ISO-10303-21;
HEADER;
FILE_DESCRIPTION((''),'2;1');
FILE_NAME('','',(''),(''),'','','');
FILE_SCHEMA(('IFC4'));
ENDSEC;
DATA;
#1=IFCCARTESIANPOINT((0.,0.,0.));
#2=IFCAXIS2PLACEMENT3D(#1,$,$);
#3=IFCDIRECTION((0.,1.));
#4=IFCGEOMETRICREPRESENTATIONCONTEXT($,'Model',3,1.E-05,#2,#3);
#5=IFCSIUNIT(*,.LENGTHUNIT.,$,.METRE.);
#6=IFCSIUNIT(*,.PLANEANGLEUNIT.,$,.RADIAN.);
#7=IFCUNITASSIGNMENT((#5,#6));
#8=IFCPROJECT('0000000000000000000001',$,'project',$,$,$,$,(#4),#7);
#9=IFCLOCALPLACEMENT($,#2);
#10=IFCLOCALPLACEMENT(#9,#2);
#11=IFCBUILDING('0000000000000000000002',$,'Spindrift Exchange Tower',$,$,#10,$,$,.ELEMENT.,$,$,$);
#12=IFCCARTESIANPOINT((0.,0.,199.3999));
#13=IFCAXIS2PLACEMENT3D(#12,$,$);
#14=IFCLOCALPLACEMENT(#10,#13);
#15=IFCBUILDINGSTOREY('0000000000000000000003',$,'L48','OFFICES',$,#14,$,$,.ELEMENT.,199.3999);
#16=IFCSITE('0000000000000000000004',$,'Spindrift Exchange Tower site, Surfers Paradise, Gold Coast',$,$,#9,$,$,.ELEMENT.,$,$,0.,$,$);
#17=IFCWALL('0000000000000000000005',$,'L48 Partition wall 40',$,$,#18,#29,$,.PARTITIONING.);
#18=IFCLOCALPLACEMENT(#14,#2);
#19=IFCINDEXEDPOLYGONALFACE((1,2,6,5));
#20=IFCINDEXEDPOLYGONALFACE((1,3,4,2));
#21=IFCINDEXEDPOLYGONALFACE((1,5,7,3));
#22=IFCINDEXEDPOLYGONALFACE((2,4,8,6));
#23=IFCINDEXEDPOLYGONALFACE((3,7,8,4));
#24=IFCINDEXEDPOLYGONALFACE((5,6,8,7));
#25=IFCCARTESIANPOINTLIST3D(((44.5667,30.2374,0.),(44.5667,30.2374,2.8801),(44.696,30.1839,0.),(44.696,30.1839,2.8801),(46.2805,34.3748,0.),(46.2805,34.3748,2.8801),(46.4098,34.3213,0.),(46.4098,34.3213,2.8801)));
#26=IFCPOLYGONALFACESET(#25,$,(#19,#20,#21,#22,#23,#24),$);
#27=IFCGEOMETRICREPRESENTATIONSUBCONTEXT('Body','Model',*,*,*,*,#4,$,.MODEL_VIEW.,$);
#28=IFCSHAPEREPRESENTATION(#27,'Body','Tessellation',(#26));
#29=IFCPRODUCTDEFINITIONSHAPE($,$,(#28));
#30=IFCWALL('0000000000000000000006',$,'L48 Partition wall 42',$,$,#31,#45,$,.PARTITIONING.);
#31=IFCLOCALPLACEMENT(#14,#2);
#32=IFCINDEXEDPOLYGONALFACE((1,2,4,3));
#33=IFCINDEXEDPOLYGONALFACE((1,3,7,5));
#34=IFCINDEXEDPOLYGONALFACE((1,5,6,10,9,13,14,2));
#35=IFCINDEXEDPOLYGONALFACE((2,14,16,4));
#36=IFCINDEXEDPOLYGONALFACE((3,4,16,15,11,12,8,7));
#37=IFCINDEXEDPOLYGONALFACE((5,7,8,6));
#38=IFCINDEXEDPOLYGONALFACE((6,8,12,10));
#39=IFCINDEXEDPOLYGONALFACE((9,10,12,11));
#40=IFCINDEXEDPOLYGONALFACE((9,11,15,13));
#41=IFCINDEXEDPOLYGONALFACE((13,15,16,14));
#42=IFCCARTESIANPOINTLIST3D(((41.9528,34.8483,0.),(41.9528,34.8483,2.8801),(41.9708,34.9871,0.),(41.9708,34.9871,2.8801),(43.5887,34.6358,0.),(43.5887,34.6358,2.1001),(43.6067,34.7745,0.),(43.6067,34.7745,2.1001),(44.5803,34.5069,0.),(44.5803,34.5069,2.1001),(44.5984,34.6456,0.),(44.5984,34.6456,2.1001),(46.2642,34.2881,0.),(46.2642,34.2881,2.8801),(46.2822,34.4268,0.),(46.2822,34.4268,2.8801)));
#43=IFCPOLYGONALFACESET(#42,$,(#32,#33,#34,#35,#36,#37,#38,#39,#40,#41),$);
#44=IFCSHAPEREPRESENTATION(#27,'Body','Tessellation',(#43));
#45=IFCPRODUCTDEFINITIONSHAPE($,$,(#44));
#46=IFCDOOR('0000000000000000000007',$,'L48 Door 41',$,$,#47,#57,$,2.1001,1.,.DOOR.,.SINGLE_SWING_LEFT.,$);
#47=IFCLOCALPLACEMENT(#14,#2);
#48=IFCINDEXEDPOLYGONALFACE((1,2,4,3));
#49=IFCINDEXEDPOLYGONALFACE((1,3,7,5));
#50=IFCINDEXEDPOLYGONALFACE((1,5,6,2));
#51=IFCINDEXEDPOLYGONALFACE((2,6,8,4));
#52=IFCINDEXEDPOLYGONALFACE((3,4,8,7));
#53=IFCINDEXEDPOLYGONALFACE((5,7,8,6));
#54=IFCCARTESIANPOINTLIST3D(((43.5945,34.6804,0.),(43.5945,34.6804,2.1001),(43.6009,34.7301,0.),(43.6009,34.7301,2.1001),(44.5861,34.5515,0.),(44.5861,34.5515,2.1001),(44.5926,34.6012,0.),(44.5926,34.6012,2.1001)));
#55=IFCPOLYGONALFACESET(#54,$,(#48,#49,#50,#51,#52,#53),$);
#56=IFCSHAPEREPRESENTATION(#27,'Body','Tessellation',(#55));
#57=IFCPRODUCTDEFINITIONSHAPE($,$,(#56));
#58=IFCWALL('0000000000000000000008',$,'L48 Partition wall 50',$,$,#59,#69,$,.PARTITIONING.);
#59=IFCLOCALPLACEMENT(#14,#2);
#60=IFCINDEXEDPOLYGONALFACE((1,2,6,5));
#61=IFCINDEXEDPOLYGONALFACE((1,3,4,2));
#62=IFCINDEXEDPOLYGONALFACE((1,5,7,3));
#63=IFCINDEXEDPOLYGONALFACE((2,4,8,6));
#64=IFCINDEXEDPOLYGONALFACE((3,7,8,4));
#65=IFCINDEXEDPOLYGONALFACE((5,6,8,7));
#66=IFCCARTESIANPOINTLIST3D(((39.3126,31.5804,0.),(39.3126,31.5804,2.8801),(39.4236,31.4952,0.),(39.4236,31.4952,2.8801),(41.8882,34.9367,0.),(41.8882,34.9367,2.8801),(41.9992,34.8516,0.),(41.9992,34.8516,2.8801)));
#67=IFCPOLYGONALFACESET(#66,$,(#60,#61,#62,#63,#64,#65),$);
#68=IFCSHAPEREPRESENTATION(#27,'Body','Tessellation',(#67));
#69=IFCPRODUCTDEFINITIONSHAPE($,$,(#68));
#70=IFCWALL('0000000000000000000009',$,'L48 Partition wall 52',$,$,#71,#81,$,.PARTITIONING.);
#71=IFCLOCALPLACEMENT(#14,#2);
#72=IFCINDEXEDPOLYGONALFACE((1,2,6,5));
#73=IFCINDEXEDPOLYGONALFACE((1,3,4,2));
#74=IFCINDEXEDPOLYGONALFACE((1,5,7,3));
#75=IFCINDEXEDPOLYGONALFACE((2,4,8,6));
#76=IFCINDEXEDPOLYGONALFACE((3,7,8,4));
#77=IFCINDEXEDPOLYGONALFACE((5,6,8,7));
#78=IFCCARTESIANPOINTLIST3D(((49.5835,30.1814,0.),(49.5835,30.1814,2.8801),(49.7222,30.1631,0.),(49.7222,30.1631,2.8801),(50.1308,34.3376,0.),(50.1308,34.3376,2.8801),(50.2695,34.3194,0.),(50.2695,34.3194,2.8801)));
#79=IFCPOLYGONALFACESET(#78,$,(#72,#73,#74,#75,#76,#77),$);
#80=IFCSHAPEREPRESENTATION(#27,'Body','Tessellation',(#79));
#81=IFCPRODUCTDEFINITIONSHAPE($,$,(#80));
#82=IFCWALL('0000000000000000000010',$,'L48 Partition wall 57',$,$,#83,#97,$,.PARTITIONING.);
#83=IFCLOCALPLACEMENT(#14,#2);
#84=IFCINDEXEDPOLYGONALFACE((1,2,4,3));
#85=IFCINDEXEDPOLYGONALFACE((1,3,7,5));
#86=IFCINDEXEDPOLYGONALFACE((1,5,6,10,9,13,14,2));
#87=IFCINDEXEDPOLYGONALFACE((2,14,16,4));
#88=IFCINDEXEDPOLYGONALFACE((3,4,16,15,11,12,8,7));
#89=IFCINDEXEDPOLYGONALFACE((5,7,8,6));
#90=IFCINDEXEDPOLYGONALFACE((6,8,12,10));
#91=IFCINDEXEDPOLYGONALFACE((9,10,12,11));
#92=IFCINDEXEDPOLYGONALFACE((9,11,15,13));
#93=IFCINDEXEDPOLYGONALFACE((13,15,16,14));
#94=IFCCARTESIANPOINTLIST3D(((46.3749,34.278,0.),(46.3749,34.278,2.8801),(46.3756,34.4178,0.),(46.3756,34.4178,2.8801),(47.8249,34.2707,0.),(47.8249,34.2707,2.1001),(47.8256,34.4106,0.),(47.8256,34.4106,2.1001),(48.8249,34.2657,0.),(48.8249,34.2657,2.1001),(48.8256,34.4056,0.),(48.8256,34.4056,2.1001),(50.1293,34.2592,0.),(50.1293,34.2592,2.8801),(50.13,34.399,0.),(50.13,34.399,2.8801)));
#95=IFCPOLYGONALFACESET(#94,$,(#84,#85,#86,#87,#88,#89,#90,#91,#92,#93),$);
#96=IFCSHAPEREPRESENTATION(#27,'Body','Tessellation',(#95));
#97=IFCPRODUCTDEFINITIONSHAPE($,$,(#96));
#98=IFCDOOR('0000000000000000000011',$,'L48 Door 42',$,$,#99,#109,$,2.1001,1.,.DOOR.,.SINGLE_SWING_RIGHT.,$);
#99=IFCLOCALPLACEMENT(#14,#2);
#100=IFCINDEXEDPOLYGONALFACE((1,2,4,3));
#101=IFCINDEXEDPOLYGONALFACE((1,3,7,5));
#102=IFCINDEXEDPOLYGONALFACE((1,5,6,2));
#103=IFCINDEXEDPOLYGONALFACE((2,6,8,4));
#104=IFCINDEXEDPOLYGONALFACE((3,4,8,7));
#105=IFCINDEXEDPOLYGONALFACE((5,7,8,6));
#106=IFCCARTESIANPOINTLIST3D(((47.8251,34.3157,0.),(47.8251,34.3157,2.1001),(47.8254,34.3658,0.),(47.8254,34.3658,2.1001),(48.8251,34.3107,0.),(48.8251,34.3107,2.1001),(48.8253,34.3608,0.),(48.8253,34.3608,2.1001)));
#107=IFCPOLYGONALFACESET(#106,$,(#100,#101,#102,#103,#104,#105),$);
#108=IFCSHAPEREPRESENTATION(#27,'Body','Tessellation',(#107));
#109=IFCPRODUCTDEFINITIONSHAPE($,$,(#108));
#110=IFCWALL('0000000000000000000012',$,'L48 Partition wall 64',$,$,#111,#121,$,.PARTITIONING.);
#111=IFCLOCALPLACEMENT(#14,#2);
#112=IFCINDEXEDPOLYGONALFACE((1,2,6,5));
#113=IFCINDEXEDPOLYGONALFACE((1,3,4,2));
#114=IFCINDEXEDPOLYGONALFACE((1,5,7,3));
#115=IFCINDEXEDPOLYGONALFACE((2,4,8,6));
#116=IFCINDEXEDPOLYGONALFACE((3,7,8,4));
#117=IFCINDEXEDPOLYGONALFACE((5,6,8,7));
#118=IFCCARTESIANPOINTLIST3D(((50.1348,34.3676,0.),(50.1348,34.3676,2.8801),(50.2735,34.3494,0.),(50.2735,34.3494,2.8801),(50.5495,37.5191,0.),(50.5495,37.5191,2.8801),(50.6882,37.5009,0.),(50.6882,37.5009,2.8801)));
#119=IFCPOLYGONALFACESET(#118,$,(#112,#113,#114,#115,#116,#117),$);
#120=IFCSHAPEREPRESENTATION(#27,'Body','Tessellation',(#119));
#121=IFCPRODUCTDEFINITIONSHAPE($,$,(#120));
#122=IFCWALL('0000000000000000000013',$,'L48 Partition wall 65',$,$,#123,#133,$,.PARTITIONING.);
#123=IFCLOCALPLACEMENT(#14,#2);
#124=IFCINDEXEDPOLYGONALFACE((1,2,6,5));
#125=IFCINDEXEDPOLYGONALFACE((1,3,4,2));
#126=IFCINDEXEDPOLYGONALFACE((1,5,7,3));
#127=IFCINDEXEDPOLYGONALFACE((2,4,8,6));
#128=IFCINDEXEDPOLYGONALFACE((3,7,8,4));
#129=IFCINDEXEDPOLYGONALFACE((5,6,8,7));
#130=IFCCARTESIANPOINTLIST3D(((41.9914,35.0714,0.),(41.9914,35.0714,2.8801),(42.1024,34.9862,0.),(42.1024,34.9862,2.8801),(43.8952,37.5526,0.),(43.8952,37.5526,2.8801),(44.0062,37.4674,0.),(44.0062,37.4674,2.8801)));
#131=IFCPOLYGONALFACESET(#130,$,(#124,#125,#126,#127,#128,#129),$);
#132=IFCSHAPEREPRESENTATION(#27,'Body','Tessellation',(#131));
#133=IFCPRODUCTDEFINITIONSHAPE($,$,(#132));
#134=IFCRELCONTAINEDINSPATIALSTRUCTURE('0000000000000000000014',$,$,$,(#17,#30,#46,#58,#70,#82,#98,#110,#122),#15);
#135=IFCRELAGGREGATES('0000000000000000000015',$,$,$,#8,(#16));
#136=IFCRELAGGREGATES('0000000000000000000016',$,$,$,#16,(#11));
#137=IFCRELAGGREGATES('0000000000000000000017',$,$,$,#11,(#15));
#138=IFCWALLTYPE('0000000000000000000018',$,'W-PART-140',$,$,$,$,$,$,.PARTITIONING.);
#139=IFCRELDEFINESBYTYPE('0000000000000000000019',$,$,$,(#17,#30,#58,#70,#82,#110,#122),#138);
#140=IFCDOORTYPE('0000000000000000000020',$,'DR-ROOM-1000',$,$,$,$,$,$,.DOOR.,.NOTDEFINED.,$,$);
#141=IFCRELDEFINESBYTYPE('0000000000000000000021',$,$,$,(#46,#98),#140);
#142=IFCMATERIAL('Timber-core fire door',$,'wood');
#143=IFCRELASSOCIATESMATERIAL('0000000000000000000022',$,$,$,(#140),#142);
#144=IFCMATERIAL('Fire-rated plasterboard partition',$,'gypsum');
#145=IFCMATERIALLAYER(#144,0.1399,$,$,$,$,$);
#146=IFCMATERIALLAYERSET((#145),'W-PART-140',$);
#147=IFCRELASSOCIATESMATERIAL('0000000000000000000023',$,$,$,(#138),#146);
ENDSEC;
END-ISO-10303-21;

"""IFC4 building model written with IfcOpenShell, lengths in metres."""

from ifc_helpers import new_model, si_unit, direction, frame, frame_2d, origin, place, context, subcontext, project, spatial, rectangle, extrude, source, transform, mapped, material, layer, layer_set, type_object, element, fill, save


model = new_model("IFC4")

# Units and contexts
model_context = context("Model", 3, precision=1e-05, world=origin(), true_north=direction((0.0, 1.0)))
body_context = subcontext(model_context, "Body", "Model", "MODEL_VIEW")
ifc_project = project(units=[si_unit("LENGTHUNIT", "METRE"), si_unit("PLANEANGLEUNIT", "RADIAN")], contexts=[model_context])

# Site, building, storey
site_placement = place(None, origin())
site = spatial("IfcSite", under=ifc_project, at=site_placement, Name="Spindrift Exchange Tower site, Surfers Paradise, Gold Coast", CompositionType="ELEMENT", RefElevation=0.0)
building_placement = place(site_placement, origin())
building = spatial("IfcBuilding", under=site, at=building_placement, Name="Spindrift Exchange Tower", CompositionType="ELEMENT")
storey_placement = place(building_placement, frame((0.0, 0.0, 199.3999)))
storey = spatial("IfcBuildingStorey", under=building, at=storey_placement, Name="L48", Description="OFFICES", CompositionType="ELEMENT", Elevation=199.3999)

# Shared definitions
ifc_material_1 = material(Name="Fire-rated plasterboard partition", Category="gypsum")
ifc_material_2 = material(Name="Timber-core fire door", Category="wood")
door_type = type_object("IfcDoorType", Name="DR-ROOM-1000", OperationType="NOTDEFINED", PredefinedType="DOOR", material=ifc_material_2)
shared_shape_1 = source(origin(), body_context, "Body", "SweptSolid", [
    extrude(rectangle(XDim=1.0, YDim=2.1001, at=frame_2d((0.5, 1.05))), frame((0.0, 0.0249, 0.0), z_axis=(0.0, -1.0, 0.0), x_axis=(1.0, 0.0, 0.0)), (0.0, 0.0, 1.0), 0.05),
])

# Shared definitions
ifc_layer_1 = layer(ifc_material_1, 0.1399)
ifc_layer_set_1 = layer_set([ifc_layer_1], Name="W-PART-140")
wall_type_1 = type_object("IfcWallType", Name="W-PART-140", PredefinedType="PARTITIONING", material=ifc_layer_set_1)

# Wall
wall_1_placement = place(storey_placement, frame((46.3452, 34.3481, 0.0), z_axis=(0.0, 0.0, 1.0), x_axis=(-0.382698, -0.923873, 0.0)))
element("IfcWall", 1, at=wall_1_placement, inside=storey, type_object=wall_type_1, Name="L48 Partition wall 40", PredefinedType="PARTITIONING", context=body_context, shape_type="SweptSolid", body=[
    extrude(rectangle(XDim=4.4783, YDim=0.1399, at=frame_2d((2.2393, 0.0))), origin(), (0.0, 0.0, 1.0), 2.8801),
])

# Wall, opening, door
wall_2_placement = place(storey_placement, frame((46.2732, 34.3574, 0.0), z_axis=(0.0, 0.0, 1.0), x_axis=(-0.991661, 0.128871, 0.0)))
wall_2 = element("IfcWall", 2, at=wall_2_placement, inside=storey, type_object=wall_type_1, Name="L48 Partition wall 42", PredefinedType="PARTITIONING", context=body_context, shape_type="SweptSolid", body=[
    extrude(rectangle(XDim=4.3477, YDim=0.1399, at=frame_2d((2.1738, 0.0))), origin(), (0.0, 0.0, 1.0), 2.8801),
])
opening_1_placement = place(wall_2_placement, frame((1.698, 0.0, 0.0)))
opening_1 = element("IfcOpeningElement", 3, at=opening_1_placement, cuts=wall_2, PredefinedType="OPENING", context=body_context, shape_type="SweptSolid", body=[
    extrude(rectangle(XDim=1.0, YDim=2.1001, at=frame_2d((0.5, 1.05))), frame((0.0, 0.0798, 0.0), z_axis=(0.0, -1.0, 0.0), x_axis=(1.0, 0.0, 0.0)), (0.0, 0.0, 1.0), 0.1599),
])
door_1_placement = place(opening_1_placement, origin())
door_1 = element("IfcDoor", 4, at=door_1_placement, inside=storey, type_object=door_type, Name="L48 Door 41", OperationType="SINGLE_SWING_LEFT", OverallHeight=2.1001, OverallWidth=1.0, PredefinedType="DOOR", context=body_context, shape_type="MappedRepresentation", body=[
    mapped(shared_shape_1, transform((0.0, 0.0, 0.0), scale=1.0)),
])
fill(opening_1, door_1)

# Walls
wall_3_placement = place(storey_placement, frame((41.9436, 34.894, 0.0), z_axis=(0.0, 0.0, 1.0), x_axis=(-0.60879, -0.793331, 0.0)))
element("IfcWall", 5, at=wall_3_placement, inside=storey, type_object=wall_type_1, Name="L48 Partition wall 50", PredefinedType="PARTITIONING", context=body_context, shape_type="SweptSolid", body=[
    extrude(rectangle(XDim=4.2307, YDim=0.1399, at=frame_2d((2.1152, 0.0))), origin(), (0.0, 0.0, 1.0), 2.8801),
])
wall_4_placement = place(storey_placement, frame((50.2002, 34.3286, 0.0), z_axis=(0.0, 0.0, 1.0), x_axis=(-0.130569, -0.991439, 0.0)))
element("IfcWall", 6, at=wall_4_placement, inside=storey, type_object=wall_type_1, Name="L48 Partition wall 52", PredefinedType="PARTITIONING", context=body_context, shape_type="SweptSolid", body=[
    extrude(rectangle(XDim=4.1921, YDim=0.1399, at=frame_2d((2.0962, 0.0))), origin(), (0.0, 0.0, 1.0), 2.8801),
])

# Wall, opening, door
wall_5_placement = place(storey_placement, frame((50.1296, 34.3291, 0.0), z_axis=(0.0, 0.0, 1.0), x_axis=(-0.999987, 0.005007, 0.0)))
wall_5 = element("IfcWall", 7, at=wall_5_placement, inside=storey, type_object=wall_type_1, Name="L48 Partition wall 57", PredefinedType="PARTITIONING", context=body_context, shape_type="SweptSolid", body=[
    extrude(rectangle(XDim=3.7544, YDim=0.1399, at=frame_2d((1.8772, 0.0))), origin(), (0.0, 0.0, 1.0), 2.8801),
])
opening_2_placement = place(wall_5_placement, frame((1.3044, 0.0, 0.0)))
opening_2 = element("IfcOpeningElement", 8, at=opening_2_placement, cuts=wall_5, PredefinedType="OPENING", context=body_context, shape_type="SweptSolid", body=[
    extrude(rectangle(XDim=1.0, YDim=2.1001, at=frame_2d((0.5, 1.05))), frame((0.0, 0.0798, 0.0), z_axis=(0.0, -1.0, 0.0), x_axis=(1.0, 0.0, 0.0)), (0.0, 0.0, 1.0), 0.1599),
])
door_2_placement = place(opening_2_placement, origin())
door_2 = element("IfcDoor", 9, at=door_2_placement, inside=storey, type_object=door_type, Name="L48 Door 42", OperationType="SINGLE_SWING_RIGHT", OverallHeight=2.1001, OverallWidth=1.0, PredefinedType="DOOR", context=body_context, shape_type="MappedRepresentation", body=[
    mapped(shared_shape_1, transform((0.0, 0.0, 0.0), scale=1.0)),
])
fill(opening_2, door_2)

# Walls
wall_6_placement = place(storey_placement, frame((50.6189, 37.51, 0.0), z_axis=(0.0, 0.0, 1.0), x_axis=(-0.130488, -0.99145, 0.0)))
element("IfcWall", 10, at=wall_6_placement, inside=storey, type_object=wall_type_1, Name="L48 Partition wall 64", PredefinedType="PARTITIONING", context=body_context, shape_type="SweptSolid", body=[
    extrude(rectangle(XDim=3.1787, YDim=0.1399, at=frame_2d((1.5894, 0.0))), origin(), (0.0, 0.0, 1.0), 2.8801),
])
wall_7_placement = place(storey_placement, frame((43.9507, 37.51, 0.0), z_axis=(0.0, 0.0, 1.0), x_axis=(-0.608745, -0.793366, 0.0)))
element("IfcWall", 11, at=wall_7_placement, inside=storey, type_object=wall_type_1, Name="L48 Partition wall 65", PredefinedType="PARTITIONING", context=body_context, shape_type="SweptSolid", body=[
    extrude(rectangle(XDim=3.1274, YDim=0.1399, at=frame_2d((1.5637, 0.0))), origin(), (0.0, 0.0, 1.0), 2.8801),
])

save(model, "model.ifc")
